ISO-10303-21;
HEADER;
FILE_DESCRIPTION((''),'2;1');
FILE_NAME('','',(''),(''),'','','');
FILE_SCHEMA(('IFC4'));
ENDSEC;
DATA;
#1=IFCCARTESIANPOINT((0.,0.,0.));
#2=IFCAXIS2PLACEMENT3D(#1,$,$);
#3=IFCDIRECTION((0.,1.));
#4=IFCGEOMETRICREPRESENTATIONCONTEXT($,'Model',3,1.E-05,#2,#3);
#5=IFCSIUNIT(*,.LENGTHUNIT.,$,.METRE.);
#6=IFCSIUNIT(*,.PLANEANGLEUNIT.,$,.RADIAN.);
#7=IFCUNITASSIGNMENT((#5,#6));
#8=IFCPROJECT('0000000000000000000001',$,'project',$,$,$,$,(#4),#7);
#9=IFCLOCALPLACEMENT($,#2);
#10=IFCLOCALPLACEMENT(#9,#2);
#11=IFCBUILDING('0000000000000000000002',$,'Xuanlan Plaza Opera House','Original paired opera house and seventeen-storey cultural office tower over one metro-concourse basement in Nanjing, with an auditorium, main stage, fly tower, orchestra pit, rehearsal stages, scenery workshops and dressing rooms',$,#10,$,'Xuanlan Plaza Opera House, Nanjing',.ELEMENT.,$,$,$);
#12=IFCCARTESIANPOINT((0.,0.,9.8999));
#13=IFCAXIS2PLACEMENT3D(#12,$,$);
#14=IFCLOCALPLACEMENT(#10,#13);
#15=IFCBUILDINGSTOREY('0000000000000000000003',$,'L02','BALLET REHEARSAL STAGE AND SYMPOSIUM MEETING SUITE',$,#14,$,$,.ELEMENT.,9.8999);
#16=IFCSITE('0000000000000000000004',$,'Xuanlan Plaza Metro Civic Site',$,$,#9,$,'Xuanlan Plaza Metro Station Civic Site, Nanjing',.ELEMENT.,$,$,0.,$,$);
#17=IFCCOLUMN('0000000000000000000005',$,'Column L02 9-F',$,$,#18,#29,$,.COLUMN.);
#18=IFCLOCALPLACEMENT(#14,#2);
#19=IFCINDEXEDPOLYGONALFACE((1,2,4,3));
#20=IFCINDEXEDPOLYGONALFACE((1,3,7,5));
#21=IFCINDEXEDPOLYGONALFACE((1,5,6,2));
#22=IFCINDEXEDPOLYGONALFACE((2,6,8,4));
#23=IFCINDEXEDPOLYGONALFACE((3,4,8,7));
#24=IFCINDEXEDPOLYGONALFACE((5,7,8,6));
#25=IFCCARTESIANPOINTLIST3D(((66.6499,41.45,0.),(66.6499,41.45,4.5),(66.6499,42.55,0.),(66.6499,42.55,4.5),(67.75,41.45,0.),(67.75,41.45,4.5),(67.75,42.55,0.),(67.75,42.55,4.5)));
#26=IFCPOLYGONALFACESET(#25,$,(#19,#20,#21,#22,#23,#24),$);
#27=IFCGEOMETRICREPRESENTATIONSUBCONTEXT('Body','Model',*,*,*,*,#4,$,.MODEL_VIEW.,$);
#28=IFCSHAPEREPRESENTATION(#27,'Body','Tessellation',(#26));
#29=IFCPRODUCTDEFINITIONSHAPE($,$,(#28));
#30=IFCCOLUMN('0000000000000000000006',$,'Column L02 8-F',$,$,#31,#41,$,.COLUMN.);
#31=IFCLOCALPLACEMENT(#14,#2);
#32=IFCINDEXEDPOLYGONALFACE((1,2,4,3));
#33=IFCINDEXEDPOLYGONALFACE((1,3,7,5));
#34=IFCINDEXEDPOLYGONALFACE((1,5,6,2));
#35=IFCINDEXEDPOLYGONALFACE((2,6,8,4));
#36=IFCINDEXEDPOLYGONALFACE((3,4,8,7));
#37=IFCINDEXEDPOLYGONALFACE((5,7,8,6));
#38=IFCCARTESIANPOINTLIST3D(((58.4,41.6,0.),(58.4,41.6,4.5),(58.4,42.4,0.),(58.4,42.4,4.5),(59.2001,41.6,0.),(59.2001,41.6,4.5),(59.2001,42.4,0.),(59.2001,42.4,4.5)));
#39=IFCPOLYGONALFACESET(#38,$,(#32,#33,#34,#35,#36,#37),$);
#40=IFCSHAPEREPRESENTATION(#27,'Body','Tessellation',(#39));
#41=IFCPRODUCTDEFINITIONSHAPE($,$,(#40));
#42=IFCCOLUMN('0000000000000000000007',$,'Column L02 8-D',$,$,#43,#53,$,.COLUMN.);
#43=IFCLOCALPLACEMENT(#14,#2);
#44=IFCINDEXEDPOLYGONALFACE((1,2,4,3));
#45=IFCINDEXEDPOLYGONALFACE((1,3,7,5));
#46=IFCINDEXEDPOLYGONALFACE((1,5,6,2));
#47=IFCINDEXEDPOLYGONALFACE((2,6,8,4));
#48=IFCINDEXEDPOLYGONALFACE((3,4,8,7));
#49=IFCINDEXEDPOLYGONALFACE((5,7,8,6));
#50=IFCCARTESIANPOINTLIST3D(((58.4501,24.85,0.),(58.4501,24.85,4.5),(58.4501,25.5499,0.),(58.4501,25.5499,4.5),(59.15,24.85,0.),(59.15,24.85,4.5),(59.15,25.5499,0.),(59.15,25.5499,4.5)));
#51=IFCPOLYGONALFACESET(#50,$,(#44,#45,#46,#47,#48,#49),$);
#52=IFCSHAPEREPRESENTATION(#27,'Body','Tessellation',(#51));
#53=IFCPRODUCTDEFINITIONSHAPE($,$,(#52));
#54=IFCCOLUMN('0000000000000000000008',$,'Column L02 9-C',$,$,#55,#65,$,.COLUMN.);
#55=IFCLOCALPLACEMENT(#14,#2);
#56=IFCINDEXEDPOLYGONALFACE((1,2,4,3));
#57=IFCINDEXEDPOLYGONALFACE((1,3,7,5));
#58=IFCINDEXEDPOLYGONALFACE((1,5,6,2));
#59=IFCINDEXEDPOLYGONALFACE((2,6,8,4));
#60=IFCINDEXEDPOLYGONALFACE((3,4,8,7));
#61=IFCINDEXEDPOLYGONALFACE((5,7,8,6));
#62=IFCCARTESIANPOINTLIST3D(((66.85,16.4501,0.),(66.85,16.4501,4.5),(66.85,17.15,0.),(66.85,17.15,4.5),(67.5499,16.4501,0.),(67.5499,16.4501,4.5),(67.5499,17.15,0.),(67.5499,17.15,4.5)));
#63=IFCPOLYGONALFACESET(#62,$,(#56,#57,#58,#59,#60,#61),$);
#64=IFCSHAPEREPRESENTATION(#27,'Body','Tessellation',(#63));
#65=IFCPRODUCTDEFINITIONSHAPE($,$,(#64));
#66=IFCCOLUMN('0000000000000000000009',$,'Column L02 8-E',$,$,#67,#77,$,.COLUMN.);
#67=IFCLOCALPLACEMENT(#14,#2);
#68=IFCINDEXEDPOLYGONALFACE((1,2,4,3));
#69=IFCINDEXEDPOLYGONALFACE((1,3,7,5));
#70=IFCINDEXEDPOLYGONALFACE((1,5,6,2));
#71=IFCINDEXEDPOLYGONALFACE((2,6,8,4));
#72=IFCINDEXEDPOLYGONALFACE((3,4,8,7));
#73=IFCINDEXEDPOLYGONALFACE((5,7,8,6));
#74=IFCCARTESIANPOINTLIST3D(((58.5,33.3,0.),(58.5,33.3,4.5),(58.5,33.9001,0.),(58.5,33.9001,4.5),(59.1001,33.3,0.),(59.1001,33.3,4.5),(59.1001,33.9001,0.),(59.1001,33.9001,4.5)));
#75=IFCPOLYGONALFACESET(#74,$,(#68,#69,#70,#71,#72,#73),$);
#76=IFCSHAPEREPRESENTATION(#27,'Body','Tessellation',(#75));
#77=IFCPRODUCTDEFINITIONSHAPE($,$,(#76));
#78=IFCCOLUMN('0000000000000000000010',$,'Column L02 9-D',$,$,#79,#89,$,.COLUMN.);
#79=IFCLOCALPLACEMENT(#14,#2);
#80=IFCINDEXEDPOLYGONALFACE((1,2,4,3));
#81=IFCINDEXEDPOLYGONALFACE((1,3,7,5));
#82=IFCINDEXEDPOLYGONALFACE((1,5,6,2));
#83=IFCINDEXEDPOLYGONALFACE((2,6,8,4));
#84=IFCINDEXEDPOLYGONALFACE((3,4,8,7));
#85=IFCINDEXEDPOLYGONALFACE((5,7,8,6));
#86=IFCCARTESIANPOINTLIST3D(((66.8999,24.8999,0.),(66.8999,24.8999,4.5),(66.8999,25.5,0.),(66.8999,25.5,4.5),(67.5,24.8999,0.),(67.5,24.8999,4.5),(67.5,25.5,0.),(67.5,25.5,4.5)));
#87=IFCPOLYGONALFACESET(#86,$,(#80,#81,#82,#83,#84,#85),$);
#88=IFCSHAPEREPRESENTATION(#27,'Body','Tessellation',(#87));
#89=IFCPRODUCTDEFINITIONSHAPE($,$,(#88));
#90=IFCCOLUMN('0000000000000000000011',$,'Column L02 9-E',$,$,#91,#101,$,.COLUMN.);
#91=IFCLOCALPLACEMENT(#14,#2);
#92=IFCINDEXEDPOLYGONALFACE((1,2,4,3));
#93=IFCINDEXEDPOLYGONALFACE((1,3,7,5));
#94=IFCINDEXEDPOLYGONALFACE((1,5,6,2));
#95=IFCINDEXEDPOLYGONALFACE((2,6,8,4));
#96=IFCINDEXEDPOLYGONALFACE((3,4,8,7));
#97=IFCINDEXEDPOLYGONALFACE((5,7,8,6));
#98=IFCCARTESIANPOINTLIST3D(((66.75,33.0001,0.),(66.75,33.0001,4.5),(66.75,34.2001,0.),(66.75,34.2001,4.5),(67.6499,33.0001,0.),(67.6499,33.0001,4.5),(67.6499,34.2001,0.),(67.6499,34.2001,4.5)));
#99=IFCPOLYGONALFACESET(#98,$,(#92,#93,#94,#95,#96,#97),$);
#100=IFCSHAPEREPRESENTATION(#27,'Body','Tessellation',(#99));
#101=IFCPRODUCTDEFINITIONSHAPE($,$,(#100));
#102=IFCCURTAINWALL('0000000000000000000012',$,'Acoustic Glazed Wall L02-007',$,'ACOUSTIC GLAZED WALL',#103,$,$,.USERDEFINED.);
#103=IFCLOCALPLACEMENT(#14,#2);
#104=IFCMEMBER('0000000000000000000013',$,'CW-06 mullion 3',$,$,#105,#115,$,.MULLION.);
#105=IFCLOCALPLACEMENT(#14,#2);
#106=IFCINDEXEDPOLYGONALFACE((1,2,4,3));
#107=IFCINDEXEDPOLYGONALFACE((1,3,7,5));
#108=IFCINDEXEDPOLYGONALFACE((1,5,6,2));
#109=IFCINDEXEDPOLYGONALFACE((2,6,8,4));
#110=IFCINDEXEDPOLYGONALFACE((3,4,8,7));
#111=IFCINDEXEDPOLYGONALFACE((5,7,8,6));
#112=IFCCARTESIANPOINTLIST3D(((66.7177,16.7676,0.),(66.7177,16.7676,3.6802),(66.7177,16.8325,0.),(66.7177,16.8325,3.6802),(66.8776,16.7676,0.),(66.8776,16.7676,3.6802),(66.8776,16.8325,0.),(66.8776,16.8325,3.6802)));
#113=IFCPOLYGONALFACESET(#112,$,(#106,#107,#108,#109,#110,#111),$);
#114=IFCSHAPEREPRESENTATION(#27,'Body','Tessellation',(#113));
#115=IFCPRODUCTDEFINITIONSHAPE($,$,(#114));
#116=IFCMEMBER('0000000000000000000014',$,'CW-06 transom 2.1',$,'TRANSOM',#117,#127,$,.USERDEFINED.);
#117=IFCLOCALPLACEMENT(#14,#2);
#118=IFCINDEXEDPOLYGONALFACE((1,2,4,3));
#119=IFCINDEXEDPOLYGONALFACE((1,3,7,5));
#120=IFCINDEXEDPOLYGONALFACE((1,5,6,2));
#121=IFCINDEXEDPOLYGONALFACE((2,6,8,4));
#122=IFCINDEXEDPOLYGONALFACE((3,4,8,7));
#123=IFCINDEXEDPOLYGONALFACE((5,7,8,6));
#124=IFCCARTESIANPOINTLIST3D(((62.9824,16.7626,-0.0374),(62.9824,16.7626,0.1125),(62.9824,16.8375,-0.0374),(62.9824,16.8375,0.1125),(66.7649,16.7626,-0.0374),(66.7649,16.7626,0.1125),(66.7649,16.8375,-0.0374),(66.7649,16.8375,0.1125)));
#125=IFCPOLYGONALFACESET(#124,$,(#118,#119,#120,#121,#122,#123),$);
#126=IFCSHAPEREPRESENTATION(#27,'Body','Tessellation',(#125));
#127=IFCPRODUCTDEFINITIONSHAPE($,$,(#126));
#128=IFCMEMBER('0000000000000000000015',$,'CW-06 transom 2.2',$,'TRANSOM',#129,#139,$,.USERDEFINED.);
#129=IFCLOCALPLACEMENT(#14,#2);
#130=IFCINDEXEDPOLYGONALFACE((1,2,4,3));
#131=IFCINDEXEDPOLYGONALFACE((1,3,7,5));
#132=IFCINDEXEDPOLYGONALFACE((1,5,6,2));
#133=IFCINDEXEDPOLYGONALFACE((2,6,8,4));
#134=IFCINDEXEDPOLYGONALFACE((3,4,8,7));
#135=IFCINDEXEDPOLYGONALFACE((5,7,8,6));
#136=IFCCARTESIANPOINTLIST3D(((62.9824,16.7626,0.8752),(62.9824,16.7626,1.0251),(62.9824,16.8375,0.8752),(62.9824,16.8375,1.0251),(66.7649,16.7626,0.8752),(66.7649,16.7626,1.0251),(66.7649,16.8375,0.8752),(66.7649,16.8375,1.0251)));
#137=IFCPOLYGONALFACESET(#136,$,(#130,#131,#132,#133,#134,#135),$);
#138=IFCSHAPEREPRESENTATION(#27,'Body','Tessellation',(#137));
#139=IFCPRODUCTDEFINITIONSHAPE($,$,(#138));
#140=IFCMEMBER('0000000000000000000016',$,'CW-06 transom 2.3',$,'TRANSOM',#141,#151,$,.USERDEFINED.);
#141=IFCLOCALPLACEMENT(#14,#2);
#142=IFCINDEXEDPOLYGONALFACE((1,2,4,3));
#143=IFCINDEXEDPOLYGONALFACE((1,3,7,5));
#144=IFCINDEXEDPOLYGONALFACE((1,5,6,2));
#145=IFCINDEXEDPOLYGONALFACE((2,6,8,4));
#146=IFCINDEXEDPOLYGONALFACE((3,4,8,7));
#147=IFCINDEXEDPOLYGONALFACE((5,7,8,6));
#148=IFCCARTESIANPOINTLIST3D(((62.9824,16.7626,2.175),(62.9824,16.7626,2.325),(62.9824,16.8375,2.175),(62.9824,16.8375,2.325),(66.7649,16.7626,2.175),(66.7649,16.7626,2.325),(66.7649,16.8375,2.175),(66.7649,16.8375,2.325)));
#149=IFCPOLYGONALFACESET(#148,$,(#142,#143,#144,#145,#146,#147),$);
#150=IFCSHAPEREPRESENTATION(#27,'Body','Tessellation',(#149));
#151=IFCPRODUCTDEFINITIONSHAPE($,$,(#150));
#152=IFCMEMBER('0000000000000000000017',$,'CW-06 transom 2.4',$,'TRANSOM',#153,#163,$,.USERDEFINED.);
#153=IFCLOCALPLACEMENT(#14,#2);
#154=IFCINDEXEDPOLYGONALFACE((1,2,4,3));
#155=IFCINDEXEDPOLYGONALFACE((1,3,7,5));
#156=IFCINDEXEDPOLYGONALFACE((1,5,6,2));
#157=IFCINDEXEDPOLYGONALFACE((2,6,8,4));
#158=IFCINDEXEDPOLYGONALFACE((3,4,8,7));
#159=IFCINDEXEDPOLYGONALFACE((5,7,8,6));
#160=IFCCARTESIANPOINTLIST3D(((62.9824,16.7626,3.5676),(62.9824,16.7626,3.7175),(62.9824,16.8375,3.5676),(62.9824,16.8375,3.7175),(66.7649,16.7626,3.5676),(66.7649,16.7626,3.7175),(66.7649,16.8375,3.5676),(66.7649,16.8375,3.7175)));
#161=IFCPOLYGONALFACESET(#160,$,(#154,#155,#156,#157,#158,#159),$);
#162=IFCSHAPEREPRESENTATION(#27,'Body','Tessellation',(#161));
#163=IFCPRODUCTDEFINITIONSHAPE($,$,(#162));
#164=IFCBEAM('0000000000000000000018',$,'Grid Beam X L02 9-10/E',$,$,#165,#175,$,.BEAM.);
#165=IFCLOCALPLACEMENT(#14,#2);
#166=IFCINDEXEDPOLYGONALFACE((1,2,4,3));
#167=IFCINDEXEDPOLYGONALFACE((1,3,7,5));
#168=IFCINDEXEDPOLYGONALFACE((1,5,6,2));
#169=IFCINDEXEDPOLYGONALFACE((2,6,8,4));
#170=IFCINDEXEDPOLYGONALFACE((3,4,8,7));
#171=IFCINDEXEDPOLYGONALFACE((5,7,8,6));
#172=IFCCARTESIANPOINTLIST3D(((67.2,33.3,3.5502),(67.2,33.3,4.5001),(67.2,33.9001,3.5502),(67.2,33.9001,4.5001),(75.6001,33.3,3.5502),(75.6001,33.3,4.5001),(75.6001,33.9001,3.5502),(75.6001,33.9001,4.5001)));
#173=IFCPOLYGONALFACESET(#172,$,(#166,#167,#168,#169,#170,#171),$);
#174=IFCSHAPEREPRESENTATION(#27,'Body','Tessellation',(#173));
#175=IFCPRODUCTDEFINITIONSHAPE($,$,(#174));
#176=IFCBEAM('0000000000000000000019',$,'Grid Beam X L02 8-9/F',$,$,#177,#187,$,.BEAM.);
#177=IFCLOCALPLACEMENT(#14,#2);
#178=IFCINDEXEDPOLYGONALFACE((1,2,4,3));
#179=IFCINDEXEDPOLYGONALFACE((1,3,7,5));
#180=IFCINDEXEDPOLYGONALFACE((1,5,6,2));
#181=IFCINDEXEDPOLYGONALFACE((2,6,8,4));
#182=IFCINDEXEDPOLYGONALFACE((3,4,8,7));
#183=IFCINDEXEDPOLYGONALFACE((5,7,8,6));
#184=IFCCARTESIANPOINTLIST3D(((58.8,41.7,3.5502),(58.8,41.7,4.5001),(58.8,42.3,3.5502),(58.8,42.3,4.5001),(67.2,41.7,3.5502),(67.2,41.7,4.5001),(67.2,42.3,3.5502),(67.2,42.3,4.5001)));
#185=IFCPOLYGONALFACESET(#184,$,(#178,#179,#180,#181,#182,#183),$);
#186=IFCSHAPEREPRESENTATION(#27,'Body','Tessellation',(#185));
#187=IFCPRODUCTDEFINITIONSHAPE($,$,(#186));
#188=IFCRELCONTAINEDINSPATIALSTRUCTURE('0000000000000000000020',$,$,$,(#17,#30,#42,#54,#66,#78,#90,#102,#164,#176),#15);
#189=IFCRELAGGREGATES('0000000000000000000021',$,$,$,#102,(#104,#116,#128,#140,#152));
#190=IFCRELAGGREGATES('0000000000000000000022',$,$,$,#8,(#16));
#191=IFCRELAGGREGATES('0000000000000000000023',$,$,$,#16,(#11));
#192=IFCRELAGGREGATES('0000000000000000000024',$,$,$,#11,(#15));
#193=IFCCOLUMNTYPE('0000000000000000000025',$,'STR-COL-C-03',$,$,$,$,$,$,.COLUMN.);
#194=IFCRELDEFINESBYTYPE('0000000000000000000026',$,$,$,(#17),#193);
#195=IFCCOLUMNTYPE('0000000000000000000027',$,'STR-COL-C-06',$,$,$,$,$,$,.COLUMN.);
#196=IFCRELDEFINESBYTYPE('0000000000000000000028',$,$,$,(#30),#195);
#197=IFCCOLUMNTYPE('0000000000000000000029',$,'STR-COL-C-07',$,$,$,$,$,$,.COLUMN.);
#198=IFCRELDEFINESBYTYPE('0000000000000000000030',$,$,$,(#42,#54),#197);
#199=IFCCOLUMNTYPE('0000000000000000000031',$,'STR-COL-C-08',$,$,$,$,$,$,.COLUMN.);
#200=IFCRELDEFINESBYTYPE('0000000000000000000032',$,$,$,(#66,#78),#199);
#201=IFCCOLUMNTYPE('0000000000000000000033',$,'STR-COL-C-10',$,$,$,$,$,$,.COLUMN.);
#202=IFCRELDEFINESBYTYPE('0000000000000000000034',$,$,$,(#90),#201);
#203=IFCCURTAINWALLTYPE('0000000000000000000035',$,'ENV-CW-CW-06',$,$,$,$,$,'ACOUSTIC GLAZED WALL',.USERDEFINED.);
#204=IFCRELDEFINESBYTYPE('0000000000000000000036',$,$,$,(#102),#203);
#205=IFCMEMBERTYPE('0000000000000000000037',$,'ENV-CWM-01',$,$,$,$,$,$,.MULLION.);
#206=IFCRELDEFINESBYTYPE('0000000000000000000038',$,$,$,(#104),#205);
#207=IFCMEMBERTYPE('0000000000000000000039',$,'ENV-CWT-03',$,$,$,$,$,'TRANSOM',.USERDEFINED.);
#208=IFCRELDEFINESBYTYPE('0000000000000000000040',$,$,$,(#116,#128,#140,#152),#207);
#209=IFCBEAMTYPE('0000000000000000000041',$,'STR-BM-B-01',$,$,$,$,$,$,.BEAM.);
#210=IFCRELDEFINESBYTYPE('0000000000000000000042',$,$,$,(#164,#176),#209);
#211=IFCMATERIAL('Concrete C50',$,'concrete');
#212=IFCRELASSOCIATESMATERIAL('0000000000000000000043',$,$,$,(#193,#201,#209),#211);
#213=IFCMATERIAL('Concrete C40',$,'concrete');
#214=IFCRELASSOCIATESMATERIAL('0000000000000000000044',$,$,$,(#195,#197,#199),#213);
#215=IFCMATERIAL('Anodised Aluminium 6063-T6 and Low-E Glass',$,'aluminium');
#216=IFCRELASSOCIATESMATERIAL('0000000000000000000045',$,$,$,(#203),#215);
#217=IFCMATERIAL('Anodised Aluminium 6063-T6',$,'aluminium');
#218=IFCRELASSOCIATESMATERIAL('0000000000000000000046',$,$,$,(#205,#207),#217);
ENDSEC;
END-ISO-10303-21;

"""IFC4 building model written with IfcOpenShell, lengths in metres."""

from ifc_helpers import new_model, si_unit, direction, frame, origin, origin_2d, place, context, subcontext, project, spatial, rectangle, extrude, material, material_profile, profile_set, type_object, element, aggregate, save


model = new_model("IFC4")

# Units and contexts
model_context = context("Model", 3, precision=1e-05, world=origin(), true_north=direction((0.0, 1.0)))
body_context = subcontext(model_context, "Body", "Model", "MODEL_VIEW")
ifc_project = project(units=[si_unit("LENGTHUNIT", "METRE"), si_unit("PLANEANGLEUNIT", "RADIAN")], contexts=[model_context])

# Site, building, storey
site_placement = place(None, origin())
site = spatial("IfcSite", under=ifc_project, at=site_placement, Name="Xuanlan Plaza Metro Civic Site", LongName="Xuanlan Plaza Metro Station Civic Site, Nanjing", CompositionType="ELEMENT", RefElevation=0.0)
building_placement = place(site_placement, origin())
building = spatial("IfcBuilding", under=site, at=building_placement, Name="Xuanlan Plaza Opera House", Description="Original paired opera house and seventeen-storey cultural office tower over one metro-concourse basement in Nanjing, with an auditorium, main stage, fly tower, orchestra pit, rehearsal stages, scenery workshops and dressing rooms", LongName="Xuanlan Plaza Opera House, Nanjing", CompositionType="ELEMENT")
storey_placement = place(building_placement, frame((0.0, 0.0, 9.8999)))
storey = spatial("IfcBuildingStorey", under=building, at=storey_placement, Name="L02", Description="BALLET REHEARSAL STAGE AND SYMPOSIUM MEETING SUITE", CompositionType="ELEMENT", Elevation=9.8999)

# Columns
ifc_material_1 = material(Name="Concrete C50", Category="concrete")
ifc_material_profile_1 = material_profile(ifc_material_1, rectangle(XDim=1.1001, YDim=1.1001, at=origin_2d()), Name="RC-COL 1100x1100")
ifc_profile_set_1 = profile_set([ifc_material_profile_1], Name="Concrete C50")
column_type_1 = type_object("IfcColumnType", Name="STR-COL-C-03", PredefinedType="COLUMN", material=ifc_profile_set_1)
column_1_placement = place(storey_placement, frame((67.2, 42.0, 0.0), z_axis=(0.0, 0.0, 1.0), x_axis=(1.0, 0.0, 0.0)))
element("IfcColumn", 1, at=column_1_placement, inside=storey, type_object=column_type_1, Name="Column L02 9-F", PredefinedType="COLUMN", context=body_context, shape_type="SweptSolid", body=[
    extrude(rectangle(XDim=1.1001, YDim=1.1001, at=origin_2d()), origin(), (0.0, 0.0, 1.0), 4.5),
])
ifc_material_2 = material(Name="Concrete C40", Category="concrete")
ifc_material_profile_2 = material_profile(ifc_material_2, rectangle(XDim=0.8, YDim=0.8, at=origin_2d()), Name="RC-COL 800x800")
ifc_profile_set_2 = profile_set([ifc_material_profile_2], Name="Concrete C40")
column_type_2 = type_object("IfcColumnType", Name="STR-COL-C-06", PredefinedType="COLUMN", material=ifc_profile_set_2)
column_2_placement = place(storey_placement, frame((58.8, 42.0, 0.0), z_axis=(0.0, 0.0, 1.0), x_axis=(1.0, 0.0, 0.0)))
element("IfcColumn", 2, at=column_2_placement, inside=storey, type_object=column_type_2, Name="Column L02 8-F", PredefinedType="COLUMN", context=body_context, shape_type="SweptSolid", body=[
    extrude(rectangle(XDim=0.8, YDim=0.8, at=origin_2d()), origin(), (0.0, 0.0, 1.0), 4.5),
])
ifc_material_profile_3 = material_profile(ifc_material_2, rectangle(XDim=0.7, YDim=0.7, at=origin_2d()), Name="RC-COL 700x700")
ifc_profile_set_3 = profile_set([ifc_material_profile_3], Name="Concrete C40")
column_type_3 = type_object("IfcColumnType", Name="STR-COL-C-07", PredefinedType="COLUMN", material=ifc_profile_set_3)
for number, where, z_axis, x_axis, name in (
    (3, (58.8, 25.2, 0.0), (0.0, 0.0, 1.0), (1.0, 0.0, 0.0), "Column L02 8-D"),
    (4, (67.2, 16.8, 0.0), (0.0, 0.0, 1.0), (1.0, 0.0, 0.0), "Column L02 9-C"),
):
    element("IfcColumn", number, at=place(storey_placement, frame(where, z_axis=z_axis, x_axis=x_axis)), inside=storey, type_object=column_type_3, Name=name, PredefinedType="COLUMN", context=body_context, shape_type="SweptSolid", body=[
        extrude(rectangle(XDim=0.7, YDim=0.7, at=origin_2d()), origin(), (0.0, 0.0, 1.0), 4.5),
    ])
ifc_material_profile_4 = material_profile(ifc_material_2, rectangle(XDim=0.6001, YDim=0.6001, at=origin_2d()), Name="RC-COL 600x600")
ifc_profile_set_4 = profile_set([ifc_material_profile_4], Name="Concrete C40")
column_type_4 = type_object("IfcColumnType", Name="STR-COL-C-08", PredefinedType="COLUMN", material=ifc_profile_set_4)
for number, where, z_axis, x_axis, name in (
    (5, (58.8, 33.6001, 0.0), (0.0, 0.0, 1.0), (1.0, 0.0, 0.0), "Column L02 8-E"),
    (6, (67.2, 25.2, 0.0), (0.0, 0.0, 1.0), (1.0, 0.0, 0.0), "Column L02 9-D"),
):
    element("IfcColumn", number, at=place(storey_placement, frame(where, z_axis=z_axis, x_axis=x_axis)), inside=storey, type_object=column_type_4, Name=name, PredefinedType="COLUMN", context=body_context, shape_type="SweptSolid", body=[
        extrude(rectangle(XDim=0.6001, YDim=0.6001, at=origin_2d()), origin(), (0.0, 0.0, 1.0), 4.5),
    ])
ifc_material_profile_5 = material_profile(ifc_material_1, rectangle(XDim=0.8999, YDim=1.2, at=origin_2d()), Name="RC-COL 900x1200")
ifc_profile_set_5 = profile_set([ifc_material_profile_5], Name="Concrete C50")
column_type_5 = type_object("IfcColumnType", Name="STR-COL-C-10", PredefinedType="COLUMN", material=ifc_profile_set_5)
column_3_placement = place(storey_placement, frame((67.2, 33.6001, 0.0), z_axis=(0.0, 0.0, 1.0), x_axis=(1.0, 0.0, 0.0)))
element("IfcColumn", 7, at=column_3_placement, inside=storey, type_object=column_type_5, Name="Column L02 9-E", PredefinedType="COLUMN", context=body_context, shape_type="SweptSolid", body=[
    extrude(rectangle(XDim=0.8999, YDim=1.2, at=origin_2d()), origin(), (0.0, 0.0, 1.0), 4.5),
])

# Curtain wall, members
ifc_material_3 = material(Name="Anodised Aluminium 6063-T6 and Low-E Glass", Category="aluminium")
curtain_wall_type = type_object("IfcCurtainWallType", Name="ENV-CW-CW-06", ElementType="ACOUSTIC GLAZED WALL", PredefinedType="USERDEFINED", material=ifc_material_3)
curtain_wall_placement = place(storey_placement, origin())
curtain_wall = element("IfcCurtainWall", 8, at=curtain_wall_placement, inside=storey, type_object=curtain_wall_type, Name="Acoustic Glazed Wall L02-007", ObjectType="ACOUSTIC GLAZED WALL", PredefinedType="USERDEFINED")
ifc_material_4 = material(Name="Anodised Aluminium 6063-T6", Category="aluminium")
ifc_material_profile_6 = material_profile(ifc_material_4, rectangle(XDim=0.0649, YDim=0.1599, at=origin_2d()), Name="ALU-M 65x160")
ifc_profile_set_6 = profile_set([ifc_material_profile_6], Name="Anodised Aluminium 6063-T6")
member_type_1 = type_object("IfcMemberType", Name="ENV-CWM-01", PredefinedType="MULLION", material=ifc_profile_set_6)
member_1_placement = place(storey_placement, frame((66.7976, 16.8, 0.0), z_axis=(0.0, 0.0, 1.0), x_axis=(0.0, 1.0, 0.0)))
member_1 = element("IfcMember", 9, at=member_1_placement, type_object=member_type_1, Name="CW-06 mullion 3", PredefinedType="MULLION", context=body_context, shape_type="SweptSolid", body=[
    extrude(rectangle(XDim=0.0649, YDim=0.1599, at=origin_2d()), origin(), (0.0, 0.0, 1.0), 3.6802),
])
ifc_material_profile_7 = material_profile(ifc_material_4, rectangle(XDim=0.075, YDim=0.1499, at=origin_2d()), Name="ALU-T 75x150")
ifc_profile_set_7 = profile_set([ifc_material_profile_7], Name="Anodised Aluminium 6063-T6")
member_type_2 = type_object("IfcMemberType", Name="ENV-CWT-03", ElementType="TRANSOM", PredefinedType="USERDEFINED", material=ifc_profile_set_7)
member_2_placement = place(storey_placement, frame((62.9824, 16.8, 0.0376), z_axis=(1.0, 0.0, 0.0), x_axis=(0.0, 1.0, 0.0)))
member_2 = element("IfcMember", 10, at=member_2_placement, type_object=member_type_2, Name="CW-06 transom 2.1", ObjectType="TRANSOM", PredefinedType="USERDEFINED", context=body_context, shape_type="SweptSolid", body=[
    extrude(rectangle(XDim=0.075, YDim=0.1499, at=origin_2d()), origin(), (0.0, 0.0, 1.0), 3.7825),
])
member_3_placement = place(storey_placement, frame((62.9824, 16.8, 0.9502), z_axis=(1.0, 0.0, 0.0), x_axis=(0.0, 1.0, 0.0)))
member_3 = element("IfcMember", 11, at=member_3_placement, type_object=member_type_2, Name="CW-06 transom 2.2", ObjectType="TRANSOM", PredefinedType="USERDEFINED", context=body_context, shape_type="SweptSolid", body=[
    extrude(rectangle(XDim=0.075, YDim=0.1499, at=origin_2d()), origin(), (0.0, 0.0, 1.0), 3.7825),
])
member_4_placement = place(storey_placement, frame((62.9824, 16.8, 2.25), z_axis=(1.0, 0.0, 0.0), x_axis=(0.0, 1.0, 0.0)))
member_4 = element("IfcMember", 12, at=member_4_placement, type_object=member_type_2, Name="CW-06 transom 2.3", ObjectType="TRANSOM", PredefinedType="USERDEFINED", context=body_context, shape_type="SweptSolid", body=[
    extrude(rectangle(XDim=0.075, YDim=0.1499, at=origin_2d()), origin(), (0.0, 0.0, 1.0), 3.7825),
])
member_5_placement = place(storey_placement, frame((62.9824, 16.8, 3.6426), z_axis=(1.0, 0.0, 0.0), x_axis=(0.0, 1.0, 0.0)))
member_5 = element("IfcMember", 13, at=member_5_placement, type_object=member_type_2, Name="CW-06 transom 2.4", ObjectType="TRANSOM", PredefinedType="USERDEFINED", context=body_context, shape_type="SweptSolid", body=[
    extrude(rectangle(XDim=0.075, YDim=0.1499, at=origin_2d()), origin(), (0.0, 0.0, 1.0), 3.7825),
])

# Beams
ifc_material_profile_8 = material_profile(ifc_material_1, rectangle(XDim=0.6001, YDim=0.95, at=origin_2d()), Name="RC-BM 600x950")
ifc_profile_set_8 = profile_set([ifc_material_profile_8], Name="Concrete C50")
beam_type_1 = type_object("IfcBeamType", Name="STR-BM-B-01", PredefinedType="BEAM", material=ifc_profile_set_8)
beam_1_placement = place(storey_placement, frame((67.2, 33.6001, 4.0251), z_axis=(1.0, 0.0, 0.0), x_axis=(0.0, 1.0, 0.0)))
element("IfcBeam", 14, at=beam_1_placement, inside=storey, type_object=beam_type_1, Name="Grid Beam X L02 9-10/E", PredefinedType="BEAM", context=body_context, shape_type="SweptSolid", body=[
    extrude(rectangle(XDim=0.6001, YDim=0.95, at=origin_2d()), origin(), (0.0, 0.0, 1.0), 8.4001),
])
beam_2_placement = place(storey_placement, frame((58.8, 42.0, 4.0251), z_axis=(1.0, 0.0, 0.0), x_axis=(0.0, 1.0, 0.0)))
element("IfcBeam", 15, at=beam_2_placement, inside=storey, type_object=beam_type_1, Name="Grid Beam X L02 8-9/F", PredefinedType="BEAM", context=body_context, shape_type="SweptSolid", body=[
    extrude(rectangle(XDim=0.6001, YDim=0.95, at=origin_2d()), origin(), (0.0, 0.0, 1.0), 8.3999),
])

aggregate(curtain_wall, [member_1, member_2, member_3, member_4, member_5])

save(model, "model.ifc")
